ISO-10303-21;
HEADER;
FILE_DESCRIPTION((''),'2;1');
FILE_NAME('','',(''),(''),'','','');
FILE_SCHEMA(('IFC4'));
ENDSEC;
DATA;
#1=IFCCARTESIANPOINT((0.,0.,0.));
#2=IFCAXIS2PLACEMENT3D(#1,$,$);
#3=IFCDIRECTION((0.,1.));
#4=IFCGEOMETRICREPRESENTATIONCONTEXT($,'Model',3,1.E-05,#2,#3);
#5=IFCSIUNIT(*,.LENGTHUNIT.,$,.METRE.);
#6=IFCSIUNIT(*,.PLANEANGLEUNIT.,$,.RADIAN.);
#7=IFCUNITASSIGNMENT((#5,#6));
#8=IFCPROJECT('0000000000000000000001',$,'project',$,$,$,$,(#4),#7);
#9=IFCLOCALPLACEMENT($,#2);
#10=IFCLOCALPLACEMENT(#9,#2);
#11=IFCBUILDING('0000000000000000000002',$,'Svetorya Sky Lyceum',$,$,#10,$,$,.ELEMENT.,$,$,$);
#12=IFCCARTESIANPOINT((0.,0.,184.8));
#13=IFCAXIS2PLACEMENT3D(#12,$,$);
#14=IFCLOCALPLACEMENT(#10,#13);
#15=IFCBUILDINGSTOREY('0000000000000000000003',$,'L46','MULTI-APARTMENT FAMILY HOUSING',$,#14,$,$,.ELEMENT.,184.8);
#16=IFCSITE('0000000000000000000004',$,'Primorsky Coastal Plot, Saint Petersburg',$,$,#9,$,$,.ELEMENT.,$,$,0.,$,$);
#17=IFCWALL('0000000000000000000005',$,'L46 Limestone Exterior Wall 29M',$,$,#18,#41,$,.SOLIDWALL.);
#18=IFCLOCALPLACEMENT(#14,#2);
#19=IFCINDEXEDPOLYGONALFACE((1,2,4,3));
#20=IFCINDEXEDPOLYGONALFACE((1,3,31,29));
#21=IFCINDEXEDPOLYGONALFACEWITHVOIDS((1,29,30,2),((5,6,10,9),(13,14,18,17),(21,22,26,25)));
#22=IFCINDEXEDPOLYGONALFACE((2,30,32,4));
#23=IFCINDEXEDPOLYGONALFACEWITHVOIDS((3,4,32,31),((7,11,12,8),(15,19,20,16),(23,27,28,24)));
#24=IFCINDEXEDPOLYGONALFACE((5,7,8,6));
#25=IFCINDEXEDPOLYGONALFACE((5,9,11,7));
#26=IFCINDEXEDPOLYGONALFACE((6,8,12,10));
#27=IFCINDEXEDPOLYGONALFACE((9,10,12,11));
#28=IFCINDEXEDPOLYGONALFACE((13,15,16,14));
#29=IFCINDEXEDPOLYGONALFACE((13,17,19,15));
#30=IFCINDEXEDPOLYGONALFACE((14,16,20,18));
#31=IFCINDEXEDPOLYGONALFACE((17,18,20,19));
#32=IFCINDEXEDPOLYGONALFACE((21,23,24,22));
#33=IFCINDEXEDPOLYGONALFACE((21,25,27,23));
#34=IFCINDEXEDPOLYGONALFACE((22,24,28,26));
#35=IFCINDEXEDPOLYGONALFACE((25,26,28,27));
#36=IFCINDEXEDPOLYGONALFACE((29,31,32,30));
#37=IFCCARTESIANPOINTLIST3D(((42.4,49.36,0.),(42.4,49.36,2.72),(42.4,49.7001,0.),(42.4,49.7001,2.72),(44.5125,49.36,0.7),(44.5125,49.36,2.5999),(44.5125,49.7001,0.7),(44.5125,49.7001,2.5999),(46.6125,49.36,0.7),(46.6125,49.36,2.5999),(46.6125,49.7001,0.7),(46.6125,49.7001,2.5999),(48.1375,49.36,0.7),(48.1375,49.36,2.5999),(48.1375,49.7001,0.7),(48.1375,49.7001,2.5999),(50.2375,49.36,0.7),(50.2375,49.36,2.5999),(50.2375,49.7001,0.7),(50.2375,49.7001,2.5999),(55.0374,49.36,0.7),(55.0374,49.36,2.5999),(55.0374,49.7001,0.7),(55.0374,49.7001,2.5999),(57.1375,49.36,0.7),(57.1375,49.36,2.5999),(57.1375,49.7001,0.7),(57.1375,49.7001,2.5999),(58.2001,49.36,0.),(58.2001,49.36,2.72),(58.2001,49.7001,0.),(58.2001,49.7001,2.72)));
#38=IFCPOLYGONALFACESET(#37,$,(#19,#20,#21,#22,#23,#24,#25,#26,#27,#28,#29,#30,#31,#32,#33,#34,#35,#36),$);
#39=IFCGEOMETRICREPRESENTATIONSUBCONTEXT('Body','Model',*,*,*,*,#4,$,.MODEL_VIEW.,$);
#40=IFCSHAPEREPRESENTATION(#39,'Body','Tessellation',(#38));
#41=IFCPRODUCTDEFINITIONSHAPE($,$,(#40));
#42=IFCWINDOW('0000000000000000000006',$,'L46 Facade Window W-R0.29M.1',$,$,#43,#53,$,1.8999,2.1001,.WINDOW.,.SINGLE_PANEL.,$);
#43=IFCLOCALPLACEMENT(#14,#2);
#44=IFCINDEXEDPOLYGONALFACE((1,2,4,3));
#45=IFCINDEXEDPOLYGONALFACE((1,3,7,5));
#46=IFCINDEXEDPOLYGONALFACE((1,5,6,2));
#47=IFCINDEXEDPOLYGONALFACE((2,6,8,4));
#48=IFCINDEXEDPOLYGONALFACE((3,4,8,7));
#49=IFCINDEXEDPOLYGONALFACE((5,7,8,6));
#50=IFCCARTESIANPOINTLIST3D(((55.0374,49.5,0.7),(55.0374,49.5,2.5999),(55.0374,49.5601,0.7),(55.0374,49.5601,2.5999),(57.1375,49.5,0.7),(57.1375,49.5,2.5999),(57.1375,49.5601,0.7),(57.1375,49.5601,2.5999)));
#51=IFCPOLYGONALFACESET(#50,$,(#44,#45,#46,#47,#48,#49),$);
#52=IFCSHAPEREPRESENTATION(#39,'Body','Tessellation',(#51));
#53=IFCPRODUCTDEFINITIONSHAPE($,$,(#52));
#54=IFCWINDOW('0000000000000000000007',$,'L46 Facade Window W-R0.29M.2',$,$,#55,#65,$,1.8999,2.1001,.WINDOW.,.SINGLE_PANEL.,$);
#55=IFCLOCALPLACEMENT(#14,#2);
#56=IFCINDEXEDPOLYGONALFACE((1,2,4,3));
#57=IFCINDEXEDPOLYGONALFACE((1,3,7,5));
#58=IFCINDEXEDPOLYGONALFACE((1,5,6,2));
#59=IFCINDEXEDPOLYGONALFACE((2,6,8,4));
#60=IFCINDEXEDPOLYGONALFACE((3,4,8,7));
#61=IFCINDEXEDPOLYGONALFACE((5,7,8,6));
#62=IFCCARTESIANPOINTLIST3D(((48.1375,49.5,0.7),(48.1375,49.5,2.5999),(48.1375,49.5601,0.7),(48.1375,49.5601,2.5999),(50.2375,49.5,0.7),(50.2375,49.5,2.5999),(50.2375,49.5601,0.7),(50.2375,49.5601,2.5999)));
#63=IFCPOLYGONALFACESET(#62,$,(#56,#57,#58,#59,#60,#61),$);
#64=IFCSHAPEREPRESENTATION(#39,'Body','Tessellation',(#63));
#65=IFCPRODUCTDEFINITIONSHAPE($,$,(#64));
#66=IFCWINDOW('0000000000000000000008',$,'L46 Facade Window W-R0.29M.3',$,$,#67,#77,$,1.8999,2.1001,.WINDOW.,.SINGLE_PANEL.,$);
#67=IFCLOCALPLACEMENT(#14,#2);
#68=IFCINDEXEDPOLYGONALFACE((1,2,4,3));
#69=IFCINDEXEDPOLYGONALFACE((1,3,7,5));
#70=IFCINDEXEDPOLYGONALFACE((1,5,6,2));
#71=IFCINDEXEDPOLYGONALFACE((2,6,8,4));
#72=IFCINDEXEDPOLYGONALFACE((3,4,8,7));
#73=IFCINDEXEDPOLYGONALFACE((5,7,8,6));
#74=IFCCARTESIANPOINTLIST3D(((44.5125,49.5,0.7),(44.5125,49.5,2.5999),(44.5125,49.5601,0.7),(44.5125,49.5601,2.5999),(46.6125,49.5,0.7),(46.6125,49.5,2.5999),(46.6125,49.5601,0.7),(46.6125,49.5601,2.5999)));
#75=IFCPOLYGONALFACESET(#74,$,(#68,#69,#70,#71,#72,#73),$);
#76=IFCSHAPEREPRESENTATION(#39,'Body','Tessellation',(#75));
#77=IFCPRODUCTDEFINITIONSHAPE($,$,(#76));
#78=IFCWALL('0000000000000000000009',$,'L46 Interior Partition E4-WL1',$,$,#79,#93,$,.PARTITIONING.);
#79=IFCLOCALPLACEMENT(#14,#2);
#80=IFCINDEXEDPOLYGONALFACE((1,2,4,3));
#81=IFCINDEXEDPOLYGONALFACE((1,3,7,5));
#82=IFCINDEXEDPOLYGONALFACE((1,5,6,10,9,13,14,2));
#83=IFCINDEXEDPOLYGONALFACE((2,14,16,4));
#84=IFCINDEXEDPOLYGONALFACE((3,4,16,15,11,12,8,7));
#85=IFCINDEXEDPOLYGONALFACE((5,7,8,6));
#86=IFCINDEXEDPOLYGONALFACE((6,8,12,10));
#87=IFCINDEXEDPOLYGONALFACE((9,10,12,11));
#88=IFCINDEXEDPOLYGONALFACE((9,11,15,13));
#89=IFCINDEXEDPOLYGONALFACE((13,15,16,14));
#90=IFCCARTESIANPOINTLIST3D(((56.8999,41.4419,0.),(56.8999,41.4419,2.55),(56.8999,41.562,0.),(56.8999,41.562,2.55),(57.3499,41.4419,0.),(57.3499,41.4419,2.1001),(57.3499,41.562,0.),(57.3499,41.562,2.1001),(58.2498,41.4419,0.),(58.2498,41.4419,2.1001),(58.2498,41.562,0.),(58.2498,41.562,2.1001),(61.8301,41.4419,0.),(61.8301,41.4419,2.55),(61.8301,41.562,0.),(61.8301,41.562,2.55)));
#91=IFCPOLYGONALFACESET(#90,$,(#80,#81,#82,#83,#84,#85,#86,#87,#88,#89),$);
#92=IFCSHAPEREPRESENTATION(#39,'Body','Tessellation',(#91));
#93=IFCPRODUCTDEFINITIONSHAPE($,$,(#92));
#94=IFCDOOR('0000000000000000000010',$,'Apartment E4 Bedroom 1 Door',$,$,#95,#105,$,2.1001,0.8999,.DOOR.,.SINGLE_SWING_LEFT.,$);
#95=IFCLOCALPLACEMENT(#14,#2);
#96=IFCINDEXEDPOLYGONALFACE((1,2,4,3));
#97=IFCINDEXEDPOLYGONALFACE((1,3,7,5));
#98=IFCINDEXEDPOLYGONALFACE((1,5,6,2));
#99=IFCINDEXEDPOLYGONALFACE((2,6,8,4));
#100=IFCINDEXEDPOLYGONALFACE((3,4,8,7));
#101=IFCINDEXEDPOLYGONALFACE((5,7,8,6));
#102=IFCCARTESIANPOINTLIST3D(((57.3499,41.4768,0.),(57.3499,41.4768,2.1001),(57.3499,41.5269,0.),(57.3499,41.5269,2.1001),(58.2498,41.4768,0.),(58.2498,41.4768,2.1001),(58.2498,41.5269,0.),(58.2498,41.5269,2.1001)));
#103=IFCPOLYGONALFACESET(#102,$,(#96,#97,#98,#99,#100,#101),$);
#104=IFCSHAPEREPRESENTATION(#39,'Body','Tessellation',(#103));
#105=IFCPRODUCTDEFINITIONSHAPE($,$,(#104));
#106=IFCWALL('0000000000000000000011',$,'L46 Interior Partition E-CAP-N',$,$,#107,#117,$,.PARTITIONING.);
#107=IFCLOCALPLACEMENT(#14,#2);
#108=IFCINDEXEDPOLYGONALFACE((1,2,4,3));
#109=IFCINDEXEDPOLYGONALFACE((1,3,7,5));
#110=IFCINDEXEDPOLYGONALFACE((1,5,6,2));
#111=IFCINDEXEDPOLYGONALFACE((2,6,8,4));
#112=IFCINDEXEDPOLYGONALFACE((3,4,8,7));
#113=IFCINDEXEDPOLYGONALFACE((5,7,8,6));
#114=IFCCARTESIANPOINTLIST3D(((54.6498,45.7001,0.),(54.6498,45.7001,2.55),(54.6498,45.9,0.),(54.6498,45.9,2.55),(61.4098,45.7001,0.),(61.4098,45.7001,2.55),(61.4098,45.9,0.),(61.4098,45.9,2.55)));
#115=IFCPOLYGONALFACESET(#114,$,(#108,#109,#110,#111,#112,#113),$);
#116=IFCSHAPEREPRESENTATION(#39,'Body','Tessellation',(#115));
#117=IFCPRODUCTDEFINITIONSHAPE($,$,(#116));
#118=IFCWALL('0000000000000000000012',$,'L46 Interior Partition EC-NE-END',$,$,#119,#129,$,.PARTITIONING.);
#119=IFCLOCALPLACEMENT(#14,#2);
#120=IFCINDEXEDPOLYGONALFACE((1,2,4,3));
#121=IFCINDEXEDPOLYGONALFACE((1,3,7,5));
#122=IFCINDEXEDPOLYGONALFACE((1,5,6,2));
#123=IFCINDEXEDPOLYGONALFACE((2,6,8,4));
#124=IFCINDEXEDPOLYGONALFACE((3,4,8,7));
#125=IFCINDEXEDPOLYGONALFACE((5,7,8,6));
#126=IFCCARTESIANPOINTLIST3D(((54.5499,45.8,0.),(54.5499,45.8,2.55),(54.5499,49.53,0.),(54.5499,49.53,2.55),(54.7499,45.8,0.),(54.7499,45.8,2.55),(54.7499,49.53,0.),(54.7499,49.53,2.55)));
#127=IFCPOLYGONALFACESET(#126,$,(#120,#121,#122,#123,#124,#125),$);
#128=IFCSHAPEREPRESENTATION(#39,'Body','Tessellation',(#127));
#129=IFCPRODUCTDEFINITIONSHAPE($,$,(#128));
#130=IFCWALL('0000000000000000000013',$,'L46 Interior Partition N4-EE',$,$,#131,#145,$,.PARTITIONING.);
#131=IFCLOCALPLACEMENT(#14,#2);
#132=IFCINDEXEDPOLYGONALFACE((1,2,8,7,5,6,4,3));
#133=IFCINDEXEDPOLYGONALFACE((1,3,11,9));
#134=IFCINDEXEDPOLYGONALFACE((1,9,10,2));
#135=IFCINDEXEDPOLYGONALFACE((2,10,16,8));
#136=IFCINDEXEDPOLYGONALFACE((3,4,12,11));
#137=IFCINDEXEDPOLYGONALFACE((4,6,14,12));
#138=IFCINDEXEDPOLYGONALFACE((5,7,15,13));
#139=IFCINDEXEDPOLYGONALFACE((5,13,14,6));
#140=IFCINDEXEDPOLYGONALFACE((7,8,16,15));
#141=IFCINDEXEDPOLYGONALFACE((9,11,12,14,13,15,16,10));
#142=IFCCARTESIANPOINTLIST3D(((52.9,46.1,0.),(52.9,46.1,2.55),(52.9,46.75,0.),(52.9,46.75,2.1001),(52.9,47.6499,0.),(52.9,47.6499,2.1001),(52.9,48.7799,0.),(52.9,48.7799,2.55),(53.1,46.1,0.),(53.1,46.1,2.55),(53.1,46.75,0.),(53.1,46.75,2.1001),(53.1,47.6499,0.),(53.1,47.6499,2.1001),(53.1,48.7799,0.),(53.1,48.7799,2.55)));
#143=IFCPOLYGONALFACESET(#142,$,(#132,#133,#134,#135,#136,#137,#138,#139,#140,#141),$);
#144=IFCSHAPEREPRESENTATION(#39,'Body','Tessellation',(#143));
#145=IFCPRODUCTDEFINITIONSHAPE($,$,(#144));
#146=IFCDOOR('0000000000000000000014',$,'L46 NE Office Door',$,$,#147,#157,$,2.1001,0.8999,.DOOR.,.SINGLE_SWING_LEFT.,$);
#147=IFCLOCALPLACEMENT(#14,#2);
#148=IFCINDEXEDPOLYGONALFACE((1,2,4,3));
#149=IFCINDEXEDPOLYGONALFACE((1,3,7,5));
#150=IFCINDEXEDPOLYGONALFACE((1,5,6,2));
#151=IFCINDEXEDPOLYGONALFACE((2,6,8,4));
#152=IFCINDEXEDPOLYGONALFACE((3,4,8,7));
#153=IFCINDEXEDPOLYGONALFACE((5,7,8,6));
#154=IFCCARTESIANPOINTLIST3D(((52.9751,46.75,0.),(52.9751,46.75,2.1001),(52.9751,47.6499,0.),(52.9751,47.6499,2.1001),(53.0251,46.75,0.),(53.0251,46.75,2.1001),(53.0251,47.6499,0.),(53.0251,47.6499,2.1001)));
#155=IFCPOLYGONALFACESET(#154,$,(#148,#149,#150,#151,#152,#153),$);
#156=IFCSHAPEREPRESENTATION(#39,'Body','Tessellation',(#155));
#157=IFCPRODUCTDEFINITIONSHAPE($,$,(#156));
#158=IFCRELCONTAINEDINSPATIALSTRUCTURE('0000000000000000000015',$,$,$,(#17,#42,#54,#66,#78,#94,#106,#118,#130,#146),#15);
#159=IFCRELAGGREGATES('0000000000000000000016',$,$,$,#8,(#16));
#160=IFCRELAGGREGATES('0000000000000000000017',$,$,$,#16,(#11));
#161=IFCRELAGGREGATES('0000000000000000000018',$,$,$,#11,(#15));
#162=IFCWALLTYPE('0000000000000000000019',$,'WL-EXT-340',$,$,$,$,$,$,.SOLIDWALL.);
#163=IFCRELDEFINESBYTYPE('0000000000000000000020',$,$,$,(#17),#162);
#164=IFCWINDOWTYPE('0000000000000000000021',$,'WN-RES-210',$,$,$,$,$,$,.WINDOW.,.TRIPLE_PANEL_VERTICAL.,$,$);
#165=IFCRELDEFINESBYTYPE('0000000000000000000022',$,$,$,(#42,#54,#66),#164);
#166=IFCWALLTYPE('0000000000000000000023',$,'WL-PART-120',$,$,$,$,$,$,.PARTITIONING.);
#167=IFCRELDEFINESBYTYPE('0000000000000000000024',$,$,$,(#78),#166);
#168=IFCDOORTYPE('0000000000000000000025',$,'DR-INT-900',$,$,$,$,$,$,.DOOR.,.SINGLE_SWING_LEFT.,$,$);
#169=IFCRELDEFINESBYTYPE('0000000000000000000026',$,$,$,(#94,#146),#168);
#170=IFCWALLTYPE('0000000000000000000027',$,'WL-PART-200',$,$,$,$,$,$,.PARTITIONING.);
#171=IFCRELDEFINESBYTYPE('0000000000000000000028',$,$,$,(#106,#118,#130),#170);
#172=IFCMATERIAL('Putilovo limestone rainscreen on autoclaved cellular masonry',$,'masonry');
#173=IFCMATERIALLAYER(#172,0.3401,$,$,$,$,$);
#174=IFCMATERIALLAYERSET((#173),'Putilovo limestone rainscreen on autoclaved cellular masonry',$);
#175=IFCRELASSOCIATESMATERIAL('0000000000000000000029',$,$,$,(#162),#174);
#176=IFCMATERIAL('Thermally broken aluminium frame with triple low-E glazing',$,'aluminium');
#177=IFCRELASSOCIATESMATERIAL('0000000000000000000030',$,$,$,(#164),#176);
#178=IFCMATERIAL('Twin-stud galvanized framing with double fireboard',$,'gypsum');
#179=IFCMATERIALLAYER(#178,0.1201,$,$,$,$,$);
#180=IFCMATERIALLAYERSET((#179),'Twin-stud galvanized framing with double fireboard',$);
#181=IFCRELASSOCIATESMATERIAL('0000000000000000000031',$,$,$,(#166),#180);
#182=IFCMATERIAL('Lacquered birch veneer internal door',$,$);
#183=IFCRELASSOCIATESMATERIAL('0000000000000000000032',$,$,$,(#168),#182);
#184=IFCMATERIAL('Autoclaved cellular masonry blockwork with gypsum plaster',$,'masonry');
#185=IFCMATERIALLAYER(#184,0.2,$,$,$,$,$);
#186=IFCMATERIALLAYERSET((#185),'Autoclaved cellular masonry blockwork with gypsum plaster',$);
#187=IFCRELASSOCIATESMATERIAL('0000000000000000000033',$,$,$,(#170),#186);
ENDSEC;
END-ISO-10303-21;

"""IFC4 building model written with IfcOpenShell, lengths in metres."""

from ifc_helpers import new_model, si_unit, direction, frame, frame_2d, origin, place, context, subcontext, project, spatial, rectangle, extrude, material, layer, layer_set, type_object, element, fill, save


model = new_model("IFC4")

# Units and contexts
model_context = context("Model", 3, precision=1e-05, world=origin(), true_north=direction((0.0, 1.0)))
body_context = subcontext(model_context, "Body", "Model", "MODEL_VIEW")
ifc_project = project(units=[si_unit("LENGTHUNIT", "METRE"), si_unit("PLANEANGLEUNIT", "RADIAN")], contexts=[model_context])

# Site, building, storey
site_placement = place(None, origin())
site = spatial("IfcSite", under=ifc_project, at=site_placement, Name="Primorsky Coastal Plot, Saint Petersburg", CompositionType="ELEMENT", RefElevation=0.0)
building_placement = place(site_placement, origin())
building = spatial("IfcBuilding", under=site, at=building_placement, Name="Svetorya Sky Lyceum", CompositionType="ELEMENT")
storey_placement = place(building_placement, frame((0.0, 0.0, 184.8)))
storey = spatial("IfcBuildingStorey", under=building, at=storey_placement, Name="L46", Description="MULTI-APARTMENT FAMILY HOUSING", CompositionType="ELEMENT", Elevation=184.8)

# Shared definitions
ifc_material_1 = material(Name="Putilovo limestone rainscreen on autoclaved cellular masonry", Category="masonry")
ifc_layer_1 = layer(ifc_material_1, 0.3401)
ifc_layer_set_1 = layer_set([ifc_layer_1], Name="Putilovo limestone rainscreen on autoclaved cellular masonry")
wall_type_1 = type_object("IfcWallType", Name="WL-EXT-340", PredefinedType="SOLIDWALL", material=ifc_layer_set_1)

# Wall, openings, windows
wall_1_placement = place(storey_placement, frame((58.2, 49.53, 0.0), z_axis=(0.0, 0.0, 1.0), x_axis=(-1.0, 0.0, 0.0)))
wall_1 = element("IfcWall", 1, at=wall_1_placement, inside=storey, type_object=wall_type_1, Name="L46 Limestone Exterior Wall 29M", PredefinedType="SOLIDWALL", context=body_context, shape_type="SweptSolid", body=[
    extrude(rectangle(XDim=15.8, YDim=0.3401, at=frame_2d((7.8999, 0.0))), origin(), (0.0, 0.0, 1.0), 2.72),
])
opening_1_placement = place(wall_1_placement, frame((1.0625, 0.0, 0.7)))
opening_1 = element("IfcOpeningElement", 2, at=opening_1_placement, cuts=wall_1, PredefinedType="OPENING", context=body_context, shape_type="SweptSolid", body=[
    extrude(rectangle(XDim=2.1001, YDim=1.8999, at=frame_2d((1.05, 0.95))), frame((0.0, 0.1799, 0.0), z_axis=(0.0, -1.0, 0.0), x_axis=(1.0, 0.0, 0.0)), (0.0, 0.0, 1.0), 0.3601),
])
opening_2_placement = place(wall_1_placement, frame((7.9624, 0.0, 0.7)))
opening_2 = element("IfcOpeningElement", 3, at=opening_2_placement, cuts=wall_1, PredefinedType="OPENING", context=body_context, shape_type="SweptSolid", body=[
    extrude(rectangle(XDim=2.1001, YDim=1.8999, at=frame_2d((1.05, 0.95))), frame((0.0, 0.1799, 0.0), z_axis=(0.0, -1.0, 0.0), x_axis=(1.0, 0.0, 0.0)), (0.0, 0.0, 1.0), 0.3601),
])
opening_3_placement = place(wall_1_placement, frame((11.5874, 0.0, 0.7)))
opening_3 = element("IfcOpeningElement", 4, at=opening_3_placement, cuts=wall_1, PredefinedType="OPENING", context=body_context, shape_type="SweptSolid", body=[
    extrude(rectangle(XDim=2.1001, YDim=1.8999, at=frame_2d((1.05, 0.95))), frame((0.0, 0.1799, 0.0), z_axis=(0.0, -1.0, 0.0), x_axis=(1.0, 0.0, 0.0)), (0.0, 0.0, 1.0), 0.3601),
])
ifc_material_2 = material(Name="Thermally broken aluminium frame with triple low-E glazing", Category="aluminium")
window_type = type_object("IfcWindowType", Name="WN-RES-210", PartitioningType="TRIPLE_PANEL_VERTICAL", PredefinedType="WINDOW", material=ifc_material_2)
window_1_placement = place(opening_1_placement, origin())
window_1 = element("IfcWindow", 5, at=window_1_placement, inside=storey, type_object=window_type, Name="L46 Facade Window W-R0.29M.1", OverallHeight=1.8999, OverallWidth=2.1001, PartitioningType="SINGLE_PANEL", PredefinedType="WINDOW", context=body_context, shape_type="SweptSolid", body=[
    extrude(rectangle(XDim=2.1001, YDim=1.8999, at=frame_2d((1.05, 0.95))), frame((0.0, 0.03, 0.0), z_axis=(0.0, -1.0, 0.0), x_axis=(1.0, 0.0, 0.0)), (0.0, 0.0, 1.0), 0.0601),
])
fill(opening_1, window_1)
window_2_placement = place(opening_2_placement, origin())
window_2 = element("IfcWindow", 6, at=window_2_placement, inside=storey, type_object=window_type, Name="L46 Facade Window W-R0.29M.2", OverallHeight=1.8999, OverallWidth=2.1001, PartitioningType="SINGLE_PANEL", PredefinedType="WINDOW", context=body_context, shape_type="SweptSolid", body=[
    extrude(rectangle(XDim=2.1001, YDim=1.8999, at=frame_2d((1.05, 0.95))), frame((0.0, 0.03, 0.0), z_axis=(0.0, -1.0, 0.0), x_axis=(1.0, 0.0, 0.0)), (0.0, 0.0, 1.0), 0.0601),
])
fill(opening_2, window_2)
window_3_placement = place(opening_3_placement, origin())
window_3 = element("IfcWindow", 7, at=window_3_placement, inside=storey, type_object=window_type, Name="L46 Facade Window W-R0.29M.3", OverallHeight=1.8999, OverallWidth=2.1001, PartitioningType="SINGLE_PANEL", PredefinedType="WINDOW", context=body_context, shape_type="SweptSolid", body=[
    extrude(rectangle(XDim=2.1001, YDim=1.8999, at=frame_2d((1.05, 0.95))), frame((0.0, 0.03, 0.0), z_axis=(0.0, -1.0, 0.0), x_axis=(1.0, 0.0, 0.0)), (0.0, 0.0, 1.0), 0.0601),
])
fill(opening_3, window_3)

# Wall, opening, door
ifc_material_3 = material(Name="Twin-stud galvanized framing with double fireboard", Category="gypsum")
ifc_layer_2 = layer(ifc_material_3, 0.1201)
ifc_layer_set_2 = layer_set([ifc_layer_2], Name="Twin-stud galvanized framing with double fireboard")
wall_type_2 = type_object("IfcWallType", Name="WL-PART-120", PredefinedType="PARTITIONING", material=ifc_layer_set_2)
wall_2_placement = place(storey_placement, frame((56.8999, 41.502, 0.0), z_axis=(0.0, 0.0, 1.0), x_axis=(1.0, 0.0, 0.0)))
wall_2 = element("IfcWall", 8, at=wall_2_placement, inside=storey, type_object=wall_type_2, Name="L46 Interior Partition E4-WL1", PredefinedType="PARTITIONING", context=body_context, shape_type="SweptSolid", body=[
    extrude(rectangle(XDim=4.9302, YDim=0.1201, at=frame_2d((2.4651, 0.0))), origin(), (0.0, 0.0, 1.0), 2.55),
])
opening_4_placement = place(wall_2_placement, frame((0.45, 0.0, 0.0)))
opening_4 = element("IfcOpeningElement", 9, at=opening_4_placement, cuts=wall_2, PredefinedType="OPENING", context=body_context, shape_type="SweptSolid", body=[
    extrude(rectangle(XDim=0.8999, YDim=2.1001, at=frame_2d((0.45, 1.05))), frame((0.0, 0.0701, 0.0), z_axis=(0.0, -1.0, 0.0), x_axis=(1.0, 0.0, 0.0)), (0.0, 0.0, 1.0), 0.1401),
])
ifc_material_4 = material(Name="Lacquered birch veneer internal door")
door_type = type_object("IfcDoorType", Name="DR-INT-900", OperationType="SINGLE_SWING_LEFT", PredefinedType="DOOR", material=ifc_material_4)
door_1_placement = place(opening_4_placement, origin())
door_1 = element("IfcDoor", 10, at=door_1_placement, inside=storey, type_object=door_type, Name="Apartment E4 Bedroom 1 Door", OperationType="SINGLE_SWING_LEFT", OverallHeight=2.1001, OverallWidth=0.8999, PredefinedType="DOOR", context=body_context, shape_type="SweptSolid", body=[
    extrude(rectangle(XDim=0.8999, YDim=2.1001, at=frame_2d((0.45, 1.05))), frame((0.0, 0.0249, 0.0), z_axis=(0.0, -1.0, 0.0), x_axis=(1.0, 0.0, 0.0)), (0.0, 0.0, 1.0), 0.05),
])
fill(opening_4, door_1)

# Walls
ifc_material_5 = material(Name="Autoclaved cellular masonry blockwork with gypsum plaster", Category="masonry")
ifc_layer_3 = layer(ifc_material_5, 0.2)
ifc_layer_set_3 = layer_set([ifc_layer_3], Name="Autoclaved cellular masonry blockwork with gypsum plaster")
wall_type_3 = type_object("IfcWallType", Name="WL-PART-200", PredefinedType="PARTITIONING", material=ifc_layer_set_3)
wall_3_placement = place(storey_placement, frame((54.6499, 45.8, 0.0), z_axis=(0.0, 0.0, 1.0), x_axis=(1.0, 0.0, 0.0)))
element("IfcWall", 11, at=wall_3_placement, inside=storey, type_object=wall_type_3, Name="L46 Interior Partition E-CAP-N", PredefinedType="PARTITIONING", context=body_context, shape_type="SweptSolid", body=[
    extrude(rectangle(XDim=6.76, YDim=0.2, at=frame_2d((3.3799, 0.0))), origin(), (0.0, 0.0, 1.0), 2.55),
])
wall_4_placement = place(storey_placement, frame((54.6499, 45.8, 0.0), z_axis=(0.0, 0.0, 1.0), x_axis=(0.0, 1.0, 0.0)))
element("IfcWall", 12, at=wall_4_placement, inside=storey, type_object=wall_type_3, Name="L46 Interior Partition EC-NE-END", PredefinedType="PARTITIONING", context=body_context, shape_type="SweptSolid", body=[
    extrude(rectangle(XDim=3.73, YDim=0.2, at=frame_2d((1.865, 0.0))), origin(), (0.0, 0.0, 1.0), 2.55),
])

# Wall, opening, door
wall_5_placement = place(storey_placement, frame((53.0, 46.1001, 0.0), z_axis=(0.0, 0.0, 1.0), x_axis=(0.0, 1.0, 0.0)))
wall_5 = element("IfcWall", 13, at=wall_5_placement, inside=storey, type_object=wall_type_3, Name="L46 Interior Partition N4-EE", PredefinedType="PARTITIONING", context=body_context, shape_type="SweptSolid", body=[
    extrude(rectangle(XDim=2.6799, YDim=0.2, at=frame_2d((1.3398, 0.0))), origin(), (0.0, 0.0, 1.0), 2.55),
])
opening_5_placement = place(wall_5_placement, frame((0.6499, 0.0, 0.0)))
opening_5 = element("IfcOpeningElement", 14, at=opening_5_placement, cuts=wall_5, PredefinedType="OPENING", context=body_context, shape_type="SweptSolid", body=[
    extrude(rectangle(XDim=0.8999, YDim=2.1001, at=frame_2d((0.45, 1.05))), frame((0.0, 0.1099, 0.0), z_axis=(0.0, -1.0, 0.0), x_axis=(1.0, 0.0, 0.0)), (0.0, 0.0, 1.0), 0.22),
])
door_2_placement = place(opening_5_placement, origin())
door_2 = element("IfcDoor", 15, at=door_2_placement, inside=storey, type_object=door_type, Name="L46 NE Office Door", OperationType="SINGLE_SWING_LEFT", OverallHeight=2.1001, OverallWidth=0.8999, PredefinedType="DOOR", context=body_context, shape_type="SweptSolid", body=[
    extrude(rectangle(XDim=0.8999, YDim=2.1001, at=frame_2d((0.45, 1.05))), frame((0.0, 0.0249, 0.0), z_axis=(0.0, -1.0, 0.0), x_axis=(1.0, 0.0, 0.0)), (0.0, 0.0, 1.0), 0.05),
])
fill(opening_5, door_2)

save(model, "model.ifc")
